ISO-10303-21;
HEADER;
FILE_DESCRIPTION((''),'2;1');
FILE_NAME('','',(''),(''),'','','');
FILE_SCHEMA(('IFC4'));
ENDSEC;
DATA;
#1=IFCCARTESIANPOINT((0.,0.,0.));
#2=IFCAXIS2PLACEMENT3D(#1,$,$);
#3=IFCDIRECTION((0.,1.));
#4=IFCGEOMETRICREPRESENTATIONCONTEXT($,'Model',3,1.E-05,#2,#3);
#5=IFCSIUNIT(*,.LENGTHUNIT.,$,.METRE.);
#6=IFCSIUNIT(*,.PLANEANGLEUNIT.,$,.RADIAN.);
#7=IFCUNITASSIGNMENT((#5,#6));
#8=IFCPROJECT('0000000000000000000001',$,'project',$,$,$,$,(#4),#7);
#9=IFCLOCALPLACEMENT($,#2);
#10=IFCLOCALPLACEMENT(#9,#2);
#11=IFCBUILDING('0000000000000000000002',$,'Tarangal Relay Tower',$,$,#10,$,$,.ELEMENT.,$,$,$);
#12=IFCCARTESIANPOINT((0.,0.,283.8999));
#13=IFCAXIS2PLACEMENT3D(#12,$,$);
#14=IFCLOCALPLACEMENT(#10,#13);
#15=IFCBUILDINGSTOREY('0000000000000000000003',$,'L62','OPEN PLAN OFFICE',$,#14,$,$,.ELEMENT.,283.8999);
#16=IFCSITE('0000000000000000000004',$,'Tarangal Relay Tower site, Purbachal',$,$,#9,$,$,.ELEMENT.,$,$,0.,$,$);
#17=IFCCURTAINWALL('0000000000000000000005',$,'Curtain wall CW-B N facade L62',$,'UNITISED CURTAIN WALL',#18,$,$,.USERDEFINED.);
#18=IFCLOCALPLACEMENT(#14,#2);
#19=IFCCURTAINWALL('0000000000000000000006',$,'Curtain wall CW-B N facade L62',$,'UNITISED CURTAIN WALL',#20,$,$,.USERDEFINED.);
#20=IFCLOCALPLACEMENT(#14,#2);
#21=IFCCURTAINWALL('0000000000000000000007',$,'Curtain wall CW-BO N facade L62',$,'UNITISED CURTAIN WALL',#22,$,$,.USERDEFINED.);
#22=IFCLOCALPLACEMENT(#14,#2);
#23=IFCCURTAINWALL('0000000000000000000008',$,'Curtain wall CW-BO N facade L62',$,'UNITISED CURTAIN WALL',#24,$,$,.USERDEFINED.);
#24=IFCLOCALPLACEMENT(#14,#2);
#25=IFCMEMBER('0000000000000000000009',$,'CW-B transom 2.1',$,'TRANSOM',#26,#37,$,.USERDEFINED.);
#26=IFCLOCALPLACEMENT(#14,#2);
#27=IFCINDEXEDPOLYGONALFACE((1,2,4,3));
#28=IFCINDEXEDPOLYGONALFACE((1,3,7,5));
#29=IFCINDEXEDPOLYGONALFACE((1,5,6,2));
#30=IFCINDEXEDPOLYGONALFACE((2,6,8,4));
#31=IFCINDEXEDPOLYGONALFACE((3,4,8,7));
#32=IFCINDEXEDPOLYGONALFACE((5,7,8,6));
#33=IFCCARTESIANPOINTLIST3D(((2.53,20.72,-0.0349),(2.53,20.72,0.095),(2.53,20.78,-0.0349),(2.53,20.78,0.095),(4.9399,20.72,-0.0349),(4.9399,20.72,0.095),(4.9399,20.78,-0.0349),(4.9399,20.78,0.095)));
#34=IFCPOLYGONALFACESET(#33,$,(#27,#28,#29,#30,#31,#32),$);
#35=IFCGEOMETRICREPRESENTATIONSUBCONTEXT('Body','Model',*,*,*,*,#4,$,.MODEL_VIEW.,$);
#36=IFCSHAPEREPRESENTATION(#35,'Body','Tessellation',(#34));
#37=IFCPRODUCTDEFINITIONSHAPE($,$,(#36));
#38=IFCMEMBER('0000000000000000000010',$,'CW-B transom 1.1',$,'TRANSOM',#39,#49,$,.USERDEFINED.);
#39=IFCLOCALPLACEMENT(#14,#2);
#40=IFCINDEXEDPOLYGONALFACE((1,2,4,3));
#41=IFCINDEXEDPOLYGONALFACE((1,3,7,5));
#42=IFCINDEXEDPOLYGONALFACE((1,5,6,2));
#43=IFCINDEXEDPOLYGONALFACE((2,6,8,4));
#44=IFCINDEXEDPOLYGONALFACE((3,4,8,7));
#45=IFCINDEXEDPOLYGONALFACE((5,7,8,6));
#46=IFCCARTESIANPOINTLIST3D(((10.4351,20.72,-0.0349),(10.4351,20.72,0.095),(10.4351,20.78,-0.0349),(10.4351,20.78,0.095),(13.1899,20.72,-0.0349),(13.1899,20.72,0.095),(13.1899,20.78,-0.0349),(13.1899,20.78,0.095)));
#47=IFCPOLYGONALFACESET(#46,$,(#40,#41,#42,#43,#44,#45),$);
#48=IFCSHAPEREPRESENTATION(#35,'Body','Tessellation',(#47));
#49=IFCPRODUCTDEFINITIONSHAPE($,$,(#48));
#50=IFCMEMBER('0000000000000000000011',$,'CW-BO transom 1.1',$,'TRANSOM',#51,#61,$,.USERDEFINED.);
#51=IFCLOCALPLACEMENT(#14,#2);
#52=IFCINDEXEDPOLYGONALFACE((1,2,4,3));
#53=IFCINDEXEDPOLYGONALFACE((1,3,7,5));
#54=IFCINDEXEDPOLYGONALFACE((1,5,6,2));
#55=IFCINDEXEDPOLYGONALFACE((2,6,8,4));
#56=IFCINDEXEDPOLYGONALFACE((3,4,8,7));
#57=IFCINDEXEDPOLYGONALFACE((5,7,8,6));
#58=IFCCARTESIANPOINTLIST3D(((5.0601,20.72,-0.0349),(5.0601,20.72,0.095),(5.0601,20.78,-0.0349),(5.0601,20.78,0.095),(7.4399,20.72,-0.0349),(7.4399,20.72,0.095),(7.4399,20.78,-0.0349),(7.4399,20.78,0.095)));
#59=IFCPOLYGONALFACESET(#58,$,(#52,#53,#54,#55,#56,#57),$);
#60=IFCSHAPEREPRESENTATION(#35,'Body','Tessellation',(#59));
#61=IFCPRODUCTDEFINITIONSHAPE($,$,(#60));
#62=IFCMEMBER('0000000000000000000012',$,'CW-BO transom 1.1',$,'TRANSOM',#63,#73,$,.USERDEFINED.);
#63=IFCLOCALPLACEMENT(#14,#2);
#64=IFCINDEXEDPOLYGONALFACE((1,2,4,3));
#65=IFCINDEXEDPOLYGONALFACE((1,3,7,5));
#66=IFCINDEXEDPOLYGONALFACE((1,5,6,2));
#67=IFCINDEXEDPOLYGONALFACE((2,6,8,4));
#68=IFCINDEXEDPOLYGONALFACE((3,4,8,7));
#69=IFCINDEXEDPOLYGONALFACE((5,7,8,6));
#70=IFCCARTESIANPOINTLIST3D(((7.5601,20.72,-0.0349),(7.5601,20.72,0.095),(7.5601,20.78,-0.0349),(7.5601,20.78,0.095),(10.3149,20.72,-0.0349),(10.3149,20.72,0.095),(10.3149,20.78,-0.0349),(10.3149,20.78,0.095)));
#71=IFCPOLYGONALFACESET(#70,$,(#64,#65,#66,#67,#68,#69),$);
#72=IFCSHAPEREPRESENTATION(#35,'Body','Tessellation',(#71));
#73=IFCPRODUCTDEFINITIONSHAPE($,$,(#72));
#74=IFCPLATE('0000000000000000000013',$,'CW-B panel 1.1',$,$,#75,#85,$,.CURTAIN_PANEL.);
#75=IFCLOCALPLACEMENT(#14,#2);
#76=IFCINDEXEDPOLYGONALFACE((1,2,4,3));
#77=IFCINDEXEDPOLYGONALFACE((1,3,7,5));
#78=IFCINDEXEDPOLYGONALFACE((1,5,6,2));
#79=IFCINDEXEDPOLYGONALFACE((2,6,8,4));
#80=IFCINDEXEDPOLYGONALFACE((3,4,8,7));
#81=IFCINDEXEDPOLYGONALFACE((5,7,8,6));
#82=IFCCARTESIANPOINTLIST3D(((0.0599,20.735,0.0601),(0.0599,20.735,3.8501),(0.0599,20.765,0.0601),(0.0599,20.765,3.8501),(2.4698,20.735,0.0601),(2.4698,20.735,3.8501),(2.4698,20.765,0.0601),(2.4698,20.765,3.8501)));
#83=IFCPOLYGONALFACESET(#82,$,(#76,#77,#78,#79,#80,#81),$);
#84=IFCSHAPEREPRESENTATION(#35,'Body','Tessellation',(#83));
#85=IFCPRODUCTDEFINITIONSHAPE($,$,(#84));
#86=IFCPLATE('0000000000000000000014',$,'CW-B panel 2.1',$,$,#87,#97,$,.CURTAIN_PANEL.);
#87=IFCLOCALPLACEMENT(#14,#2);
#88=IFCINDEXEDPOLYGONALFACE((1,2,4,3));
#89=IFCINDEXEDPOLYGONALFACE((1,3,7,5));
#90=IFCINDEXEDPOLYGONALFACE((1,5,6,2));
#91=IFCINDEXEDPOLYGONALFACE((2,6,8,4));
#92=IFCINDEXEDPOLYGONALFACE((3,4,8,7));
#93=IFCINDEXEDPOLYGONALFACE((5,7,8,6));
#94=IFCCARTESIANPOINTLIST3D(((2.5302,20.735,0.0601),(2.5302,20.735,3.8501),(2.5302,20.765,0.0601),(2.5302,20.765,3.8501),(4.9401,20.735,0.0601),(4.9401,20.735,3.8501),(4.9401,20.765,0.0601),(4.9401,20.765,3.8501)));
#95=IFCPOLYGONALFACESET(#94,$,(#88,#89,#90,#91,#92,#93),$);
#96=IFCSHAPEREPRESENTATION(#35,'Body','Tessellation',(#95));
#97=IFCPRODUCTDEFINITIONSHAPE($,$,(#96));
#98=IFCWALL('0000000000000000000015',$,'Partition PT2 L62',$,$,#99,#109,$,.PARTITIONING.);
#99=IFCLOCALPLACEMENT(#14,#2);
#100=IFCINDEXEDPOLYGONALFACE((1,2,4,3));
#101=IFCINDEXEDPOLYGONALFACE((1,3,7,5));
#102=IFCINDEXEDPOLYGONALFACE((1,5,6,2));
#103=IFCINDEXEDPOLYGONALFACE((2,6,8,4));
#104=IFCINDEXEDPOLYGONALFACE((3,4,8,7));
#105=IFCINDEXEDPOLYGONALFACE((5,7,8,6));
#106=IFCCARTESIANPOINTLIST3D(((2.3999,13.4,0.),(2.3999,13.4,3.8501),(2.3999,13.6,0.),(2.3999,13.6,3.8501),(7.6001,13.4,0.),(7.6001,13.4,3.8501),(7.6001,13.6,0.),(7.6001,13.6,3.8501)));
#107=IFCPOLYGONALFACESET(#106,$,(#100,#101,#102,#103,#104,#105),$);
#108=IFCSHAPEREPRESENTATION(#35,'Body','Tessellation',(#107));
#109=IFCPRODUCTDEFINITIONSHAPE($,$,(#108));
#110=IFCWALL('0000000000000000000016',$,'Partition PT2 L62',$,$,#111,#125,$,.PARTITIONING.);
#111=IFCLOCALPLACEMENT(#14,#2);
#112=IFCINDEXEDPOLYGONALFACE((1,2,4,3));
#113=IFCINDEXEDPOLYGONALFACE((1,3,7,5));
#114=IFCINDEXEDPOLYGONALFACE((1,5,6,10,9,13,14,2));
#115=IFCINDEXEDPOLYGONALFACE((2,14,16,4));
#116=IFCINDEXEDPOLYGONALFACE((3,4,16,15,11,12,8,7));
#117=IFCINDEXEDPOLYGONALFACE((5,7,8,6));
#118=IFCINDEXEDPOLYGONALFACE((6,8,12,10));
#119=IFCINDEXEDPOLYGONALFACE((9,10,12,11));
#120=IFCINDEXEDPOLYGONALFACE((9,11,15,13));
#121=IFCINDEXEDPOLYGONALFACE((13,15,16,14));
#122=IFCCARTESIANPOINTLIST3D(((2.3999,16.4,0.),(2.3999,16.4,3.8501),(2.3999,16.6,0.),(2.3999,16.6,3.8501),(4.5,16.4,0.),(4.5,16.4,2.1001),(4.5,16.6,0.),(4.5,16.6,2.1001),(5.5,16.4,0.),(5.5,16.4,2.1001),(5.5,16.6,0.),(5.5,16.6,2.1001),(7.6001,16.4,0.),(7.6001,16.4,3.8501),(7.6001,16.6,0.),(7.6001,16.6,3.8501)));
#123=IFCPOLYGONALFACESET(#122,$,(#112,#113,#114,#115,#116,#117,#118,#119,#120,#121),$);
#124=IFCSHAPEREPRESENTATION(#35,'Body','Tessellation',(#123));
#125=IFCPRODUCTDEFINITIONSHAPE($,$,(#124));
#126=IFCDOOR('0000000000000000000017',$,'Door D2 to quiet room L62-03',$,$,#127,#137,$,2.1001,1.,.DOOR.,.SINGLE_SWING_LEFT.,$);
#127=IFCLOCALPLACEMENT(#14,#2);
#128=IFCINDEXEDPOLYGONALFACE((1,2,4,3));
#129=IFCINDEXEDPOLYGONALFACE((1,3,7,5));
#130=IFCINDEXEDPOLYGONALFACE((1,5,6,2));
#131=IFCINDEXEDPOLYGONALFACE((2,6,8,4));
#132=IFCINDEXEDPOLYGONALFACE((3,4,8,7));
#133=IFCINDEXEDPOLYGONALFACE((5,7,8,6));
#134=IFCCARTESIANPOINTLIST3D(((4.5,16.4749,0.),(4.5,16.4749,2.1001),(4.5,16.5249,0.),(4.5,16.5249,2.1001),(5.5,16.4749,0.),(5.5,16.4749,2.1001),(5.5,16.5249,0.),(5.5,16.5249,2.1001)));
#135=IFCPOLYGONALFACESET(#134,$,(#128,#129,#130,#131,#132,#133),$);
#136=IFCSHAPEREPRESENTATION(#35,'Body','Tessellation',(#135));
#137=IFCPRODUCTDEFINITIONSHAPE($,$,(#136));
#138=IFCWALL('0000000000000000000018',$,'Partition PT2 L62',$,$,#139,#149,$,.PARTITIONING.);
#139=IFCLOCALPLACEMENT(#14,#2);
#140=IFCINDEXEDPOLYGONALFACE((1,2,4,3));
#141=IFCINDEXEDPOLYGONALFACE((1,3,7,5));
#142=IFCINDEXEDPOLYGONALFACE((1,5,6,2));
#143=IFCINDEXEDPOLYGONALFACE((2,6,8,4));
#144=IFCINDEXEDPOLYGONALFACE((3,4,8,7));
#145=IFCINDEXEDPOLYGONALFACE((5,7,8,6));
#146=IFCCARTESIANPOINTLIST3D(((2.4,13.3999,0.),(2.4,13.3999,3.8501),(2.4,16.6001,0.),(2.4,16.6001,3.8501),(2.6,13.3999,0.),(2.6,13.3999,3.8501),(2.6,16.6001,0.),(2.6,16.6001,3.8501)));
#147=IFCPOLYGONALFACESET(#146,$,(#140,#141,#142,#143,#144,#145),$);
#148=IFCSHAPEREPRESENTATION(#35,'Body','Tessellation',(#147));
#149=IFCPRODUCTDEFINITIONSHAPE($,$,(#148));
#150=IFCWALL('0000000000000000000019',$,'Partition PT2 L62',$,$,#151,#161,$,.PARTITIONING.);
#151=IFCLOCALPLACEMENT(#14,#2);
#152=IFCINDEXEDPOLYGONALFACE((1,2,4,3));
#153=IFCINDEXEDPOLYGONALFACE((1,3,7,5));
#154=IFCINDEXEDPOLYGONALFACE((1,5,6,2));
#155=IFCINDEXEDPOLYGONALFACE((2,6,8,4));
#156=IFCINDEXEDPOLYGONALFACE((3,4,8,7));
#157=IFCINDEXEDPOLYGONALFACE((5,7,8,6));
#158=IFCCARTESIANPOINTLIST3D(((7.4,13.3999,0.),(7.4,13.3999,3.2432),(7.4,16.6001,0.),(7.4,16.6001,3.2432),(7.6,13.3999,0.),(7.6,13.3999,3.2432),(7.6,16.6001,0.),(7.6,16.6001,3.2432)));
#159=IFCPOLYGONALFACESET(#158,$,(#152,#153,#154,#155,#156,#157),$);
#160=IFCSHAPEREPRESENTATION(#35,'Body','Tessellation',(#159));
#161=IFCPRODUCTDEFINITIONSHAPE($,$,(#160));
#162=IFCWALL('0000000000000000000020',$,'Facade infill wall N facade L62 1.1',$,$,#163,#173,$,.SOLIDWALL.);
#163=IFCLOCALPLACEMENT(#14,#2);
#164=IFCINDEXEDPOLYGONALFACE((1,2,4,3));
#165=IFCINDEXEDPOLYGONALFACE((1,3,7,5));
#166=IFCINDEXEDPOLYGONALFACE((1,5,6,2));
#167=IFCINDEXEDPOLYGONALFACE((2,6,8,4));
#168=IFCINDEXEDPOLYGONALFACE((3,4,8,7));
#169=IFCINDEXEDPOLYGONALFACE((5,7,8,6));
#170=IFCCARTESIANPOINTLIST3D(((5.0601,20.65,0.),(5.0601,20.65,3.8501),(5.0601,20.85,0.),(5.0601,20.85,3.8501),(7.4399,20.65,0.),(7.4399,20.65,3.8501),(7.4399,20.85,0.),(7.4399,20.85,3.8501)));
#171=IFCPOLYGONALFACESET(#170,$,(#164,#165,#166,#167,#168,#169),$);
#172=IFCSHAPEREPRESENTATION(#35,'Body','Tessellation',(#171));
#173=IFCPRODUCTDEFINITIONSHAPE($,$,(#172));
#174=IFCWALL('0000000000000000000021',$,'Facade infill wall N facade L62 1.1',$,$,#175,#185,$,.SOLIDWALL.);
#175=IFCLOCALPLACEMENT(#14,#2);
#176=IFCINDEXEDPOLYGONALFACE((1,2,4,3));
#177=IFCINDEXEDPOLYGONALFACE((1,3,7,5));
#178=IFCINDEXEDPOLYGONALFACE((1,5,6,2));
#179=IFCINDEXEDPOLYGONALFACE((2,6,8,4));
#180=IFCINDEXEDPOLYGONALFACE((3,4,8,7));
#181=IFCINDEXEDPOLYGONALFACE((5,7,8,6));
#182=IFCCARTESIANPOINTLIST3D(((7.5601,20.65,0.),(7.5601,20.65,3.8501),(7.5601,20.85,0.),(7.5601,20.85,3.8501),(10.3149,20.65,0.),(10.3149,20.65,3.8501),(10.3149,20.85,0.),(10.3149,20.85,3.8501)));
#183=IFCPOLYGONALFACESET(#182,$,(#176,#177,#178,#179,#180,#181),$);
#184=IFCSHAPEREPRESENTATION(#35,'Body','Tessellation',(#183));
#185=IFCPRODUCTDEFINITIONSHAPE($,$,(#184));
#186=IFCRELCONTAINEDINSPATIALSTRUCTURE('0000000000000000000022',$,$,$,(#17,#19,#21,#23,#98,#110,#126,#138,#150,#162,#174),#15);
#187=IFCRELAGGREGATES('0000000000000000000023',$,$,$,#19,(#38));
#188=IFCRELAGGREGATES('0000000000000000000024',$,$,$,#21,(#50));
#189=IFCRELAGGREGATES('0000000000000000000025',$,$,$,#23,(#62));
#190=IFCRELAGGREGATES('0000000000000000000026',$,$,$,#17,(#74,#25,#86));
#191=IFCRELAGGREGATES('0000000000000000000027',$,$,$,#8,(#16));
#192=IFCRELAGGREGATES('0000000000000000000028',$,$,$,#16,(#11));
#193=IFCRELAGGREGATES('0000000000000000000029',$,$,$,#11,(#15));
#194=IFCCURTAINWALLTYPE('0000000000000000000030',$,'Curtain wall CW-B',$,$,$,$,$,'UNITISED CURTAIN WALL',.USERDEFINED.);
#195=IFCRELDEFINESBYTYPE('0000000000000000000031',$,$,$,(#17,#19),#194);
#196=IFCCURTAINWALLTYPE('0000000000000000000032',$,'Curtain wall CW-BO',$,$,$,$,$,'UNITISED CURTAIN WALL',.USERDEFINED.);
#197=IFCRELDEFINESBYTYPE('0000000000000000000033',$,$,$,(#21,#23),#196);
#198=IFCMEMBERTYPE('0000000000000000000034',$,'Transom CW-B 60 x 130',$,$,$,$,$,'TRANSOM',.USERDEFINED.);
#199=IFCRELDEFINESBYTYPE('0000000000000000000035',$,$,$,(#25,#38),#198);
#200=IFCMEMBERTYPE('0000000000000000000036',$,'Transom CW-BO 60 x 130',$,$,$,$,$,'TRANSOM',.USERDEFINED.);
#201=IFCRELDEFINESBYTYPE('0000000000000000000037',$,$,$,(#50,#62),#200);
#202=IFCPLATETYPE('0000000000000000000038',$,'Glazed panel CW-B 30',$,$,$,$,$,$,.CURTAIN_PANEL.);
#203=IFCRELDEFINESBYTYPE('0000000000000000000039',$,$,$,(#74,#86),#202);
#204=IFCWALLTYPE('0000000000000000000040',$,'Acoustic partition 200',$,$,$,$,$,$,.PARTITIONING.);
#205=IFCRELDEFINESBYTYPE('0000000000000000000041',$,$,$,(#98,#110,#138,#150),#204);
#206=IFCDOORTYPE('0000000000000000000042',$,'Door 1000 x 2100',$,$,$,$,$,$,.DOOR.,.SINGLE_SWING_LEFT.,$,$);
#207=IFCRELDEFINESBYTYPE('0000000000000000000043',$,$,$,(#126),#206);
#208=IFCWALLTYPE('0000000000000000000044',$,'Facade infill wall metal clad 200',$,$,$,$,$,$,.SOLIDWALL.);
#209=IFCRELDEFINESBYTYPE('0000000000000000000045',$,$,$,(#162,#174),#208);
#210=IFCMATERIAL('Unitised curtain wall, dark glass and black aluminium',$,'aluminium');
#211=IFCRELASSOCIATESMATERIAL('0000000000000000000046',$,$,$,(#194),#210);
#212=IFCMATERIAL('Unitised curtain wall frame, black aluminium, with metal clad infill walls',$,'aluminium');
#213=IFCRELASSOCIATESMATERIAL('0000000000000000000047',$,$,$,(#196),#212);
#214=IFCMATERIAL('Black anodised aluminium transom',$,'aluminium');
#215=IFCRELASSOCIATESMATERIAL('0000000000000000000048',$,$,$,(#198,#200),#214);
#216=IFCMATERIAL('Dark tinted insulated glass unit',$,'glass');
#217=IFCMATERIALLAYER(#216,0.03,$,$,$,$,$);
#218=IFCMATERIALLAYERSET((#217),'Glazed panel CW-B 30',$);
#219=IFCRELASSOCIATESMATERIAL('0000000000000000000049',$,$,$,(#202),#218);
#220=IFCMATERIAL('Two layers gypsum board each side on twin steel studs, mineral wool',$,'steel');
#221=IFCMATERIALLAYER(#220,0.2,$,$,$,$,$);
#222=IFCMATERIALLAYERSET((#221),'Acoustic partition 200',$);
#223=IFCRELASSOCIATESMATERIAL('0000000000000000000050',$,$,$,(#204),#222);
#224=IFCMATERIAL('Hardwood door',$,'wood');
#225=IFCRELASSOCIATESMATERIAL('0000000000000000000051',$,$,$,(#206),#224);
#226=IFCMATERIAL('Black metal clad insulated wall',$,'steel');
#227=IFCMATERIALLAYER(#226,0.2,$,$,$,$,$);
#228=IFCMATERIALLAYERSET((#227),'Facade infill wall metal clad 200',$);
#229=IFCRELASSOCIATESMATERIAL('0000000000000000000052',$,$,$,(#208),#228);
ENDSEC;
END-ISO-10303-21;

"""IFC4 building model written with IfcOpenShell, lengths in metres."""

from ifc_helpers import new_model, si_unit, direction, frame, frame_2d, origin, origin_2d, place, context, subcontext, project, spatial, rectangle, extrude, material, layer, layer_set, material_profile, profile_set, type_object, element, fill, aggregate, save


model = new_model("IFC4")

# Units and contexts
model_context = context("Model", 3, precision=1e-05, world=origin(), true_north=direction((0.0, 1.0)))
body_context = subcontext(model_context, "Body", "Model", "MODEL_VIEW")
ifc_project = project(units=[si_unit("LENGTHUNIT", "METRE"), si_unit("PLANEANGLEUNIT", "RADIAN")], contexts=[model_context])

# Site, building, storey
site_placement = place(None, origin())
site = spatial("IfcSite", under=ifc_project, at=site_placement, Name="Tarangal Relay Tower site, Purbachal", CompositionType="ELEMENT", RefElevation=0.0)
building_placement = place(site_placement, origin())
building = spatial("IfcBuilding", under=site, at=building_placement, Name="Tarangal Relay Tower", CompositionType="ELEMENT")
storey_placement = place(building_placement, frame((0.0, 0.0, 283.8999)))
storey = spatial("IfcBuildingStorey", under=building, at=storey_placement, Name="L62", Description="OPEN PLAN OFFICE", CompositionType="ELEMENT", Elevation=283.8999)

# Curtain wall
ifc_material_1 = material(Name="Unitised curtain wall, dark glass and black aluminium", Category="aluminium")
curtain_wall_type_1 = type_object("IfcCurtainWallType", Name="Curtain wall CW-B", ElementType="UNITISED CURTAIN WALL", PredefinedType="USERDEFINED", material=ifc_material_1)
curtain_wall_1_placement = place(storey_placement, origin())
curtain_wall_1 = element("IfcCurtainWall", 1, at=curtain_wall_1_placement, inside=storey, type_object=curtain_wall_type_1, Name="Curtain wall CW-B N facade L62", ObjectType="UNITISED CURTAIN WALL", PredefinedType="USERDEFINED")

# Curtain wall
curtain_wall_2_placement = place(storey_placement, origin())
curtain_wall_2 = element("IfcCurtainWall", 2, at=curtain_wall_2_placement, inside=storey, type_object=curtain_wall_type_1, Name="Curtain wall CW-B N facade L62", ObjectType="UNITISED CURTAIN WALL", PredefinedType="USERDEFINED")

# Curtain walls
ifc_material_2 = material(Name="Unitised curtain wall frame, black aluminium, with metal clad infill walls", Category="aluminium")
curtain_wall_type_2 = type_object("IfcCurtainWallType", Name="Curtain wall CW-BO", ElementType="UNITISED CURTAIN WALL", PredefinedType="USERDEFINED", material=ifc_material_2)
curtain_wall_3_placement = place(storey_placement, origin())
curtain_wall_3 = element("IfcCurtainWall", 3, at=curtain_wall_3_placement, inside=storey, type_object=curtain_wall_type_2, Name="Curtain wall CW-BO N facade L62", ObjectType="UNITISED CURTAIN WALL", PredefinedType="USERDEFINED")
curtain_wall_4_placement = place(storey_placement, origin())
curtain_wall_4 = element("IfcCurtainWall", 4, at=curtain_wall_4_placement, inside=storey, type_object=curtain_wall_type_2, Name="Curtain wall CW-BO N facade L62", ObjectType="UNITISED CURTAIN WALL", PredefinedType="USERDEFINED")

# Members
ifc_material_3 = material(Name="Black anodised aluminium transom", Category="aluminium")
ifc_material_profile_1 = material_profile(ifc_material_3, rectangle(XDim=0.0601, YDim=0.1299, at=origin_2d()), Name="CW-BT 60X130")
ifc_profile_set_1 = profile_set([ifc_material_profile_1], Name="Black anodised aluminium transom")
member_type_1 = type_object("IfcMemberType", Name="Transom CW-B 60 x 130", ElementType="TRANSOM", PredefinedType="USERDEFINED", material=ifc_profile_set_1)
member_1_placement = place(storey_placement, frame((2.53, 20.75, 0.03), z_axis=(1.0, 0.0, 0.0), x_axis=(0.0, 1.0, 0.0)))
member_1 = element("IfcMember", 5, at=member_1_placement, type_object=member_type_1, Name="CW-B transom 2.1", ObjectType="TRANSOM", PredefinedType="USERDEFINED", context=body_context, shape_type="SweptSolid", body=[
    extrude(rectangle(XDim=0.0601, YDim=0.1299, at=origin_2d()), origin(), (0.0, 0.0, 1.0), 2.4099),
])
member_2_placement = place(storey_placement, frame((10.4351, 20.75, 0.03), z_axis=(1.0, 0.0, 0.0), x_axis=(0.0, 1.0, 0.0)))
member_2 = element("IfcMember", 6, at=member_2_placement, type_object=member_type_1, Name="CW-B transom 1.1", ObjectType="TRANSOM", PredefinedType="USERDEFINED", context=body_context, shape_type="SweptSolid", body=[
    extrude(rectangle(XDim=0.0601, YDim=0.1299, at=origin_2d()), origin(), (0.0, 0.0, 1.0), 2.7549),
])
aggregate(curtain_wall_2, [member_2])
ifc_material_profile_2 = material_profile(ifc_material_3, rectangle(XDim=0.0601, YDim=0.1299, at=origin_2d()), Name="CW-BOT 60X130")
ifc_profile_set_2 = profile_set([ifc_material_profile_2], Name="Black anodised aluminium transom")
member_type_2 = type_object("IfcMemberType", Name="Transom CW-BO 60 x 130", ElementType="TRANSOM", PredefinedType="USERDEFINED", material=ifc_profile_set_2)
member_3_placement = place(storey_placement, frame((5.0601, 20.75, 0.03), z_axis=(1.0, 0.0, 0.0), x_axis=(0.0, 1.0, 0.0)))
member_3 = element("IfcMember", 7, at=member_3_placement, type_object=member_type_2, Name="CW-BO transom 1.1", ObjectType="TRANSOM", PredefinedType="USERDEFINED", context=body_context, shape_type="SweptSolid", body=[
    extrude(rectangle(XDim=0.0601, YDim=0.1299, at=origin_2d()), origin(), (0.0, 0.0, 1.0), 2.3799),
])
aggregate(curtain_wall_3, [member_3])
member_4_placement = place(storey_placement, frame((7.5601, 20.75, 0.03), z_axis=(1.0, 0.0, 0.0), x_axis=(0.0, 1.0, 0.0)))
member_4 = element("IfcMember", 8, at=member_4_placement, type_object=member_type_2, Name="CW-BO transom 1.1", ObjectType="TRANSOM", PredefinedType="USERDEFINED", context=body_context, shape_type="SweptSolid", body=[
    extrude(rectangle(XDim=0.0601, YDim=0.1299, at=origin_2d()), origin(), (0.0, 0.0, 1.0), 2.7549),
])
aggregate(curtain_wall_4, [member_4])

# Plates
ifc_material_4 = material(Name="Dark tinted insulated glass unit", Category="glass")
ifc_layer_1 = layer(ifc_material_4, 0.03)
ifc_layer_set_1 = layer_set([ifc_layer_1], Name="Glazed panel CW-B 30")
plate_type = type_object("IfcPlateType", Name="Glazed panel CW-B 30", PredefinedType="CURTAIN_PANEL", material=ifc_layer_set_1)
plate_1_placement = place(storey_placement, frame((1.2649, 20.75, 0.0601), z_axis=(0.0, 0.0, 1.0), x_axis=(1.0, 0.0, 0.0)))
plate_1 = element("IfcPlate", 9, at=plate_1_placement, type_object=plate_type, Name="CW-B panel 1.1", PredefinedType="CURTAIN_PANEL", context=body_context, shape_type="SweptSolid", body=[
    extrude(rectangle(XDim=2.4099, YDim=0.03, at=origin_2d()), origin(), (0.0, 0.0, 1.0), 3.79),
])
plate_2_placement = place(storey_placement, frame((3.7351, 20.75, 0.0601), z_axis=(0.0, 0.0, 1.0), x_axis=(1.0, 0.0, 0.0)))
plate_2 = element("IfcPlate", 10, at=plate_2_placement, type_object=plate_type, Name="CW-B panel 2.1", PredefinedType="CURTAIN_PANEL", context=body_context, shape_type="SweptSolid", body=[
    extrude(rectangle(XDim=2.4099, YDim=0.03, at=origin_2d()), origin(), (0.0, 0.0, 1.0), 3.79),
])
aggregate(curtain_wall_1, [plate_1, member_1, plate_2])

# Wall
ifc_material_5 = material(Name="Two layers gypsum board each side on twin steel studs, mineral wool", Category="steel")
ifc_layer_2 = layer(ifc_material_5, 0.2)
ifc_layer_set_2 = layer_set([ifc_layer_2], Name="Acoustic partition 200")
wall_type_1 = type_object("IfcWallType", Name="Acoustic partition 200", PredefinedType="PARTITIONING", material=ifc_layer_set_2)
wall_1_placement = place(storey_placement, frame((2.3999, 13.5, 0.0), z_axis=(0.0, 0.0, 1.0), x_axis=(1.0, 0.0, 0.0)))
element("IfcWall", 11, at=wall_1_placement, inside=storey, type_object=wall_type_1, Name="Partition PT2 L62", PredefinedType="PARTITIONING", context=body_context, shape_type="SweptSolid", body=[
    extrude(rectangle(XDim=5.2002, YDim=0.2, at=frame_2d((2.6001, 0.0))), origin(), (0.0, 0.0, 1.0), 3.8501),
])

# Wall, opening, door
wall_2_placement = place(storey_placement, frame((2.3999, 16.5, 0.0), z_axis=(0.0, 0.0, 1.0), x_axis=(1.0, 0.0, 0.0)))
wall_2 = element("IfcWall", 12, at=wall_2_placement, inside=storey, type_object=wall_type_1, Name="Partition PT2 L62", PredefinedType="PARTITIONING", context=body_context, shape_type="SweptSolid", body=[
    extrude(rectangle(XDim=5.2002, YDim=0.2, at=frame_2d((2.6001, 0.0))), origin(), (0.0, 0.0, 1.0), 3.8501),
])
opening_placement = place(wall_2_placement, frame((2.1001, 0.0, 0.0)))
opening = element("IfcOpeningElement", 13, at=opening_placement, cuts=wall_2, PredefinedType="OPENING", context=body_context, shape_type="SweptSolid", body=[
    extrude(rectangle(XDim=1.0, YDim=2.1001, at=frame_2d((0.5, 1.05))), frame((0.0, 0.1099, 0.0), z_axis=(0.0, -1.0, 0.0), x_axis=(1.0, 0.0, 0.0)), (0.0, 0.0, 1.0), 0.22),
])
ifc_material_6 = material(Name="Hardwood door", Category="wood")
door_type = type_object("IfcDoorType", Name="Door 1000 x 2100", OperationType="SINGLE_SWING_LEFT", PredefinedType="DOOR", material=ifc_material_6)
door_placement = place(opening_placement, origin())
door = element("IfcDoor", 14, at=door_placement, inside=storey, type_object=door_type, Name="Door D2 to quiet room L62-03", OperationType="SINGLE_SWING_LEFT", OverallHeight=2.1001, OverallWidth=1.0, PredefinedType="DOOR", context=body_context, shape_type="SweptSolid", body=[
    extrude(rectangle(XDim=1.0, YDim=2.1001, at=frame_2d((0.5, 1.05))), frame((0.0, 0.0249, 0.0), z_axis=(0.0, -1.0, 0.0), x_axis=(1.0, 0.0, 0.0)), (0.0, 0.0, 1.0), 0.05),
])
fill(opening, door)

# Walls
wall_3_placement = place(storey_placement, frame((2.5, 13.3999, 0.0), z_axis=(0.0, 0.0, 1.0), x_axis=(0.0, 1.0, 0.0)))
element("IfcWall", 15, at=wall_3_placement, inside=storey, type_object=wall_type_1, Name="Partition PT2 L62", PredefinedType="PARTITIONING", context=body_context, shape_type="SweptSolid", body=[
    extrude(rectangle(XDim=3.2002, YDim=0.2, at=frame_2d((1.6001, 0.0))), origin(), (0.0, 0.0, 1.0), 3.8501),
])
wall_4_placement = place(storey_placement, frame((7.5, 13.3999, 0.0), z_axis=(0.0, 0.0, 1.0), x_axis=(0.0, 1.0, 0.0)))
element("IfcWall", 16, at=wall_4_placement, inside=storey, type_object=wall_type_1, Name="Partition PT2 L62", PredefinedType="PARTITIONING", context=body_context, shape_type="SweptSolid", body=[
    extrude(rectangle(XDim=3.2002, YDim=0.2, at=frame_2d((1.6001, 0.0))), origin(), (0.0, 0.0, 1.0), 3.2432),
])
ifc_material_7 = material(Name="Black metal clad insulated wall", Category="steel")
ifc_layer_3 = layer(ifc_material_7, 0.2)
ifc_layer_set_3 = layer_set([ifc_layer_3], Name="Facade infill wall metal clad 200")
wall_type_2 = type_object("IfcWallType", Name="Facade infill wall metal clad 200", PredefinedType="SOLIDWALL", material=ifc_layer_set_3)
wall_5_placement = place(storey_placement, frame((5.0601, 20.75, 0.0), z_axis=(0.0, 0.0, 1.0), x_axis=(1.0, 0.0, 0.0)))
element("IfcWall", 17, at=wall_5_placement, inside=storey, type_object=wall_type_2, Name="Facade infill wall N facade L62 1.1", PredefinedType="SOLIDWALL", context=body_context, shape_type="SweptSolid", body=[
    extrude(rectangle(XDim=2.3799, YDim=0.2, at=frame_2d((1.1899, 0.0))), origin(), (0.0, 0.0, 1.0), 3.8501),
])
wall_6_placement = place(storey_placement, frame((7.5601, 20.75, 0.0), z_axis=(0.0, 0.0, 1.0), x_axis=(1.0, 0.0, 0.0)))
element("IfcWall", 18, at=wall_6_placement, inside=storey, type_object=wall_type_2, Name="Facade infill wall N facade L62 1.1", PredefinedType="SOLIDWALL", context=body_context, shape_type="SweptSolid", body=[
    extrude(rectangle(XDim=2.7549, YDim=0.2, at=frame_2d((1.3774, 0.0))), origin(), (0.0, 0.0, 1.0), 3.8501),
])

save(model, "model.ifc")
